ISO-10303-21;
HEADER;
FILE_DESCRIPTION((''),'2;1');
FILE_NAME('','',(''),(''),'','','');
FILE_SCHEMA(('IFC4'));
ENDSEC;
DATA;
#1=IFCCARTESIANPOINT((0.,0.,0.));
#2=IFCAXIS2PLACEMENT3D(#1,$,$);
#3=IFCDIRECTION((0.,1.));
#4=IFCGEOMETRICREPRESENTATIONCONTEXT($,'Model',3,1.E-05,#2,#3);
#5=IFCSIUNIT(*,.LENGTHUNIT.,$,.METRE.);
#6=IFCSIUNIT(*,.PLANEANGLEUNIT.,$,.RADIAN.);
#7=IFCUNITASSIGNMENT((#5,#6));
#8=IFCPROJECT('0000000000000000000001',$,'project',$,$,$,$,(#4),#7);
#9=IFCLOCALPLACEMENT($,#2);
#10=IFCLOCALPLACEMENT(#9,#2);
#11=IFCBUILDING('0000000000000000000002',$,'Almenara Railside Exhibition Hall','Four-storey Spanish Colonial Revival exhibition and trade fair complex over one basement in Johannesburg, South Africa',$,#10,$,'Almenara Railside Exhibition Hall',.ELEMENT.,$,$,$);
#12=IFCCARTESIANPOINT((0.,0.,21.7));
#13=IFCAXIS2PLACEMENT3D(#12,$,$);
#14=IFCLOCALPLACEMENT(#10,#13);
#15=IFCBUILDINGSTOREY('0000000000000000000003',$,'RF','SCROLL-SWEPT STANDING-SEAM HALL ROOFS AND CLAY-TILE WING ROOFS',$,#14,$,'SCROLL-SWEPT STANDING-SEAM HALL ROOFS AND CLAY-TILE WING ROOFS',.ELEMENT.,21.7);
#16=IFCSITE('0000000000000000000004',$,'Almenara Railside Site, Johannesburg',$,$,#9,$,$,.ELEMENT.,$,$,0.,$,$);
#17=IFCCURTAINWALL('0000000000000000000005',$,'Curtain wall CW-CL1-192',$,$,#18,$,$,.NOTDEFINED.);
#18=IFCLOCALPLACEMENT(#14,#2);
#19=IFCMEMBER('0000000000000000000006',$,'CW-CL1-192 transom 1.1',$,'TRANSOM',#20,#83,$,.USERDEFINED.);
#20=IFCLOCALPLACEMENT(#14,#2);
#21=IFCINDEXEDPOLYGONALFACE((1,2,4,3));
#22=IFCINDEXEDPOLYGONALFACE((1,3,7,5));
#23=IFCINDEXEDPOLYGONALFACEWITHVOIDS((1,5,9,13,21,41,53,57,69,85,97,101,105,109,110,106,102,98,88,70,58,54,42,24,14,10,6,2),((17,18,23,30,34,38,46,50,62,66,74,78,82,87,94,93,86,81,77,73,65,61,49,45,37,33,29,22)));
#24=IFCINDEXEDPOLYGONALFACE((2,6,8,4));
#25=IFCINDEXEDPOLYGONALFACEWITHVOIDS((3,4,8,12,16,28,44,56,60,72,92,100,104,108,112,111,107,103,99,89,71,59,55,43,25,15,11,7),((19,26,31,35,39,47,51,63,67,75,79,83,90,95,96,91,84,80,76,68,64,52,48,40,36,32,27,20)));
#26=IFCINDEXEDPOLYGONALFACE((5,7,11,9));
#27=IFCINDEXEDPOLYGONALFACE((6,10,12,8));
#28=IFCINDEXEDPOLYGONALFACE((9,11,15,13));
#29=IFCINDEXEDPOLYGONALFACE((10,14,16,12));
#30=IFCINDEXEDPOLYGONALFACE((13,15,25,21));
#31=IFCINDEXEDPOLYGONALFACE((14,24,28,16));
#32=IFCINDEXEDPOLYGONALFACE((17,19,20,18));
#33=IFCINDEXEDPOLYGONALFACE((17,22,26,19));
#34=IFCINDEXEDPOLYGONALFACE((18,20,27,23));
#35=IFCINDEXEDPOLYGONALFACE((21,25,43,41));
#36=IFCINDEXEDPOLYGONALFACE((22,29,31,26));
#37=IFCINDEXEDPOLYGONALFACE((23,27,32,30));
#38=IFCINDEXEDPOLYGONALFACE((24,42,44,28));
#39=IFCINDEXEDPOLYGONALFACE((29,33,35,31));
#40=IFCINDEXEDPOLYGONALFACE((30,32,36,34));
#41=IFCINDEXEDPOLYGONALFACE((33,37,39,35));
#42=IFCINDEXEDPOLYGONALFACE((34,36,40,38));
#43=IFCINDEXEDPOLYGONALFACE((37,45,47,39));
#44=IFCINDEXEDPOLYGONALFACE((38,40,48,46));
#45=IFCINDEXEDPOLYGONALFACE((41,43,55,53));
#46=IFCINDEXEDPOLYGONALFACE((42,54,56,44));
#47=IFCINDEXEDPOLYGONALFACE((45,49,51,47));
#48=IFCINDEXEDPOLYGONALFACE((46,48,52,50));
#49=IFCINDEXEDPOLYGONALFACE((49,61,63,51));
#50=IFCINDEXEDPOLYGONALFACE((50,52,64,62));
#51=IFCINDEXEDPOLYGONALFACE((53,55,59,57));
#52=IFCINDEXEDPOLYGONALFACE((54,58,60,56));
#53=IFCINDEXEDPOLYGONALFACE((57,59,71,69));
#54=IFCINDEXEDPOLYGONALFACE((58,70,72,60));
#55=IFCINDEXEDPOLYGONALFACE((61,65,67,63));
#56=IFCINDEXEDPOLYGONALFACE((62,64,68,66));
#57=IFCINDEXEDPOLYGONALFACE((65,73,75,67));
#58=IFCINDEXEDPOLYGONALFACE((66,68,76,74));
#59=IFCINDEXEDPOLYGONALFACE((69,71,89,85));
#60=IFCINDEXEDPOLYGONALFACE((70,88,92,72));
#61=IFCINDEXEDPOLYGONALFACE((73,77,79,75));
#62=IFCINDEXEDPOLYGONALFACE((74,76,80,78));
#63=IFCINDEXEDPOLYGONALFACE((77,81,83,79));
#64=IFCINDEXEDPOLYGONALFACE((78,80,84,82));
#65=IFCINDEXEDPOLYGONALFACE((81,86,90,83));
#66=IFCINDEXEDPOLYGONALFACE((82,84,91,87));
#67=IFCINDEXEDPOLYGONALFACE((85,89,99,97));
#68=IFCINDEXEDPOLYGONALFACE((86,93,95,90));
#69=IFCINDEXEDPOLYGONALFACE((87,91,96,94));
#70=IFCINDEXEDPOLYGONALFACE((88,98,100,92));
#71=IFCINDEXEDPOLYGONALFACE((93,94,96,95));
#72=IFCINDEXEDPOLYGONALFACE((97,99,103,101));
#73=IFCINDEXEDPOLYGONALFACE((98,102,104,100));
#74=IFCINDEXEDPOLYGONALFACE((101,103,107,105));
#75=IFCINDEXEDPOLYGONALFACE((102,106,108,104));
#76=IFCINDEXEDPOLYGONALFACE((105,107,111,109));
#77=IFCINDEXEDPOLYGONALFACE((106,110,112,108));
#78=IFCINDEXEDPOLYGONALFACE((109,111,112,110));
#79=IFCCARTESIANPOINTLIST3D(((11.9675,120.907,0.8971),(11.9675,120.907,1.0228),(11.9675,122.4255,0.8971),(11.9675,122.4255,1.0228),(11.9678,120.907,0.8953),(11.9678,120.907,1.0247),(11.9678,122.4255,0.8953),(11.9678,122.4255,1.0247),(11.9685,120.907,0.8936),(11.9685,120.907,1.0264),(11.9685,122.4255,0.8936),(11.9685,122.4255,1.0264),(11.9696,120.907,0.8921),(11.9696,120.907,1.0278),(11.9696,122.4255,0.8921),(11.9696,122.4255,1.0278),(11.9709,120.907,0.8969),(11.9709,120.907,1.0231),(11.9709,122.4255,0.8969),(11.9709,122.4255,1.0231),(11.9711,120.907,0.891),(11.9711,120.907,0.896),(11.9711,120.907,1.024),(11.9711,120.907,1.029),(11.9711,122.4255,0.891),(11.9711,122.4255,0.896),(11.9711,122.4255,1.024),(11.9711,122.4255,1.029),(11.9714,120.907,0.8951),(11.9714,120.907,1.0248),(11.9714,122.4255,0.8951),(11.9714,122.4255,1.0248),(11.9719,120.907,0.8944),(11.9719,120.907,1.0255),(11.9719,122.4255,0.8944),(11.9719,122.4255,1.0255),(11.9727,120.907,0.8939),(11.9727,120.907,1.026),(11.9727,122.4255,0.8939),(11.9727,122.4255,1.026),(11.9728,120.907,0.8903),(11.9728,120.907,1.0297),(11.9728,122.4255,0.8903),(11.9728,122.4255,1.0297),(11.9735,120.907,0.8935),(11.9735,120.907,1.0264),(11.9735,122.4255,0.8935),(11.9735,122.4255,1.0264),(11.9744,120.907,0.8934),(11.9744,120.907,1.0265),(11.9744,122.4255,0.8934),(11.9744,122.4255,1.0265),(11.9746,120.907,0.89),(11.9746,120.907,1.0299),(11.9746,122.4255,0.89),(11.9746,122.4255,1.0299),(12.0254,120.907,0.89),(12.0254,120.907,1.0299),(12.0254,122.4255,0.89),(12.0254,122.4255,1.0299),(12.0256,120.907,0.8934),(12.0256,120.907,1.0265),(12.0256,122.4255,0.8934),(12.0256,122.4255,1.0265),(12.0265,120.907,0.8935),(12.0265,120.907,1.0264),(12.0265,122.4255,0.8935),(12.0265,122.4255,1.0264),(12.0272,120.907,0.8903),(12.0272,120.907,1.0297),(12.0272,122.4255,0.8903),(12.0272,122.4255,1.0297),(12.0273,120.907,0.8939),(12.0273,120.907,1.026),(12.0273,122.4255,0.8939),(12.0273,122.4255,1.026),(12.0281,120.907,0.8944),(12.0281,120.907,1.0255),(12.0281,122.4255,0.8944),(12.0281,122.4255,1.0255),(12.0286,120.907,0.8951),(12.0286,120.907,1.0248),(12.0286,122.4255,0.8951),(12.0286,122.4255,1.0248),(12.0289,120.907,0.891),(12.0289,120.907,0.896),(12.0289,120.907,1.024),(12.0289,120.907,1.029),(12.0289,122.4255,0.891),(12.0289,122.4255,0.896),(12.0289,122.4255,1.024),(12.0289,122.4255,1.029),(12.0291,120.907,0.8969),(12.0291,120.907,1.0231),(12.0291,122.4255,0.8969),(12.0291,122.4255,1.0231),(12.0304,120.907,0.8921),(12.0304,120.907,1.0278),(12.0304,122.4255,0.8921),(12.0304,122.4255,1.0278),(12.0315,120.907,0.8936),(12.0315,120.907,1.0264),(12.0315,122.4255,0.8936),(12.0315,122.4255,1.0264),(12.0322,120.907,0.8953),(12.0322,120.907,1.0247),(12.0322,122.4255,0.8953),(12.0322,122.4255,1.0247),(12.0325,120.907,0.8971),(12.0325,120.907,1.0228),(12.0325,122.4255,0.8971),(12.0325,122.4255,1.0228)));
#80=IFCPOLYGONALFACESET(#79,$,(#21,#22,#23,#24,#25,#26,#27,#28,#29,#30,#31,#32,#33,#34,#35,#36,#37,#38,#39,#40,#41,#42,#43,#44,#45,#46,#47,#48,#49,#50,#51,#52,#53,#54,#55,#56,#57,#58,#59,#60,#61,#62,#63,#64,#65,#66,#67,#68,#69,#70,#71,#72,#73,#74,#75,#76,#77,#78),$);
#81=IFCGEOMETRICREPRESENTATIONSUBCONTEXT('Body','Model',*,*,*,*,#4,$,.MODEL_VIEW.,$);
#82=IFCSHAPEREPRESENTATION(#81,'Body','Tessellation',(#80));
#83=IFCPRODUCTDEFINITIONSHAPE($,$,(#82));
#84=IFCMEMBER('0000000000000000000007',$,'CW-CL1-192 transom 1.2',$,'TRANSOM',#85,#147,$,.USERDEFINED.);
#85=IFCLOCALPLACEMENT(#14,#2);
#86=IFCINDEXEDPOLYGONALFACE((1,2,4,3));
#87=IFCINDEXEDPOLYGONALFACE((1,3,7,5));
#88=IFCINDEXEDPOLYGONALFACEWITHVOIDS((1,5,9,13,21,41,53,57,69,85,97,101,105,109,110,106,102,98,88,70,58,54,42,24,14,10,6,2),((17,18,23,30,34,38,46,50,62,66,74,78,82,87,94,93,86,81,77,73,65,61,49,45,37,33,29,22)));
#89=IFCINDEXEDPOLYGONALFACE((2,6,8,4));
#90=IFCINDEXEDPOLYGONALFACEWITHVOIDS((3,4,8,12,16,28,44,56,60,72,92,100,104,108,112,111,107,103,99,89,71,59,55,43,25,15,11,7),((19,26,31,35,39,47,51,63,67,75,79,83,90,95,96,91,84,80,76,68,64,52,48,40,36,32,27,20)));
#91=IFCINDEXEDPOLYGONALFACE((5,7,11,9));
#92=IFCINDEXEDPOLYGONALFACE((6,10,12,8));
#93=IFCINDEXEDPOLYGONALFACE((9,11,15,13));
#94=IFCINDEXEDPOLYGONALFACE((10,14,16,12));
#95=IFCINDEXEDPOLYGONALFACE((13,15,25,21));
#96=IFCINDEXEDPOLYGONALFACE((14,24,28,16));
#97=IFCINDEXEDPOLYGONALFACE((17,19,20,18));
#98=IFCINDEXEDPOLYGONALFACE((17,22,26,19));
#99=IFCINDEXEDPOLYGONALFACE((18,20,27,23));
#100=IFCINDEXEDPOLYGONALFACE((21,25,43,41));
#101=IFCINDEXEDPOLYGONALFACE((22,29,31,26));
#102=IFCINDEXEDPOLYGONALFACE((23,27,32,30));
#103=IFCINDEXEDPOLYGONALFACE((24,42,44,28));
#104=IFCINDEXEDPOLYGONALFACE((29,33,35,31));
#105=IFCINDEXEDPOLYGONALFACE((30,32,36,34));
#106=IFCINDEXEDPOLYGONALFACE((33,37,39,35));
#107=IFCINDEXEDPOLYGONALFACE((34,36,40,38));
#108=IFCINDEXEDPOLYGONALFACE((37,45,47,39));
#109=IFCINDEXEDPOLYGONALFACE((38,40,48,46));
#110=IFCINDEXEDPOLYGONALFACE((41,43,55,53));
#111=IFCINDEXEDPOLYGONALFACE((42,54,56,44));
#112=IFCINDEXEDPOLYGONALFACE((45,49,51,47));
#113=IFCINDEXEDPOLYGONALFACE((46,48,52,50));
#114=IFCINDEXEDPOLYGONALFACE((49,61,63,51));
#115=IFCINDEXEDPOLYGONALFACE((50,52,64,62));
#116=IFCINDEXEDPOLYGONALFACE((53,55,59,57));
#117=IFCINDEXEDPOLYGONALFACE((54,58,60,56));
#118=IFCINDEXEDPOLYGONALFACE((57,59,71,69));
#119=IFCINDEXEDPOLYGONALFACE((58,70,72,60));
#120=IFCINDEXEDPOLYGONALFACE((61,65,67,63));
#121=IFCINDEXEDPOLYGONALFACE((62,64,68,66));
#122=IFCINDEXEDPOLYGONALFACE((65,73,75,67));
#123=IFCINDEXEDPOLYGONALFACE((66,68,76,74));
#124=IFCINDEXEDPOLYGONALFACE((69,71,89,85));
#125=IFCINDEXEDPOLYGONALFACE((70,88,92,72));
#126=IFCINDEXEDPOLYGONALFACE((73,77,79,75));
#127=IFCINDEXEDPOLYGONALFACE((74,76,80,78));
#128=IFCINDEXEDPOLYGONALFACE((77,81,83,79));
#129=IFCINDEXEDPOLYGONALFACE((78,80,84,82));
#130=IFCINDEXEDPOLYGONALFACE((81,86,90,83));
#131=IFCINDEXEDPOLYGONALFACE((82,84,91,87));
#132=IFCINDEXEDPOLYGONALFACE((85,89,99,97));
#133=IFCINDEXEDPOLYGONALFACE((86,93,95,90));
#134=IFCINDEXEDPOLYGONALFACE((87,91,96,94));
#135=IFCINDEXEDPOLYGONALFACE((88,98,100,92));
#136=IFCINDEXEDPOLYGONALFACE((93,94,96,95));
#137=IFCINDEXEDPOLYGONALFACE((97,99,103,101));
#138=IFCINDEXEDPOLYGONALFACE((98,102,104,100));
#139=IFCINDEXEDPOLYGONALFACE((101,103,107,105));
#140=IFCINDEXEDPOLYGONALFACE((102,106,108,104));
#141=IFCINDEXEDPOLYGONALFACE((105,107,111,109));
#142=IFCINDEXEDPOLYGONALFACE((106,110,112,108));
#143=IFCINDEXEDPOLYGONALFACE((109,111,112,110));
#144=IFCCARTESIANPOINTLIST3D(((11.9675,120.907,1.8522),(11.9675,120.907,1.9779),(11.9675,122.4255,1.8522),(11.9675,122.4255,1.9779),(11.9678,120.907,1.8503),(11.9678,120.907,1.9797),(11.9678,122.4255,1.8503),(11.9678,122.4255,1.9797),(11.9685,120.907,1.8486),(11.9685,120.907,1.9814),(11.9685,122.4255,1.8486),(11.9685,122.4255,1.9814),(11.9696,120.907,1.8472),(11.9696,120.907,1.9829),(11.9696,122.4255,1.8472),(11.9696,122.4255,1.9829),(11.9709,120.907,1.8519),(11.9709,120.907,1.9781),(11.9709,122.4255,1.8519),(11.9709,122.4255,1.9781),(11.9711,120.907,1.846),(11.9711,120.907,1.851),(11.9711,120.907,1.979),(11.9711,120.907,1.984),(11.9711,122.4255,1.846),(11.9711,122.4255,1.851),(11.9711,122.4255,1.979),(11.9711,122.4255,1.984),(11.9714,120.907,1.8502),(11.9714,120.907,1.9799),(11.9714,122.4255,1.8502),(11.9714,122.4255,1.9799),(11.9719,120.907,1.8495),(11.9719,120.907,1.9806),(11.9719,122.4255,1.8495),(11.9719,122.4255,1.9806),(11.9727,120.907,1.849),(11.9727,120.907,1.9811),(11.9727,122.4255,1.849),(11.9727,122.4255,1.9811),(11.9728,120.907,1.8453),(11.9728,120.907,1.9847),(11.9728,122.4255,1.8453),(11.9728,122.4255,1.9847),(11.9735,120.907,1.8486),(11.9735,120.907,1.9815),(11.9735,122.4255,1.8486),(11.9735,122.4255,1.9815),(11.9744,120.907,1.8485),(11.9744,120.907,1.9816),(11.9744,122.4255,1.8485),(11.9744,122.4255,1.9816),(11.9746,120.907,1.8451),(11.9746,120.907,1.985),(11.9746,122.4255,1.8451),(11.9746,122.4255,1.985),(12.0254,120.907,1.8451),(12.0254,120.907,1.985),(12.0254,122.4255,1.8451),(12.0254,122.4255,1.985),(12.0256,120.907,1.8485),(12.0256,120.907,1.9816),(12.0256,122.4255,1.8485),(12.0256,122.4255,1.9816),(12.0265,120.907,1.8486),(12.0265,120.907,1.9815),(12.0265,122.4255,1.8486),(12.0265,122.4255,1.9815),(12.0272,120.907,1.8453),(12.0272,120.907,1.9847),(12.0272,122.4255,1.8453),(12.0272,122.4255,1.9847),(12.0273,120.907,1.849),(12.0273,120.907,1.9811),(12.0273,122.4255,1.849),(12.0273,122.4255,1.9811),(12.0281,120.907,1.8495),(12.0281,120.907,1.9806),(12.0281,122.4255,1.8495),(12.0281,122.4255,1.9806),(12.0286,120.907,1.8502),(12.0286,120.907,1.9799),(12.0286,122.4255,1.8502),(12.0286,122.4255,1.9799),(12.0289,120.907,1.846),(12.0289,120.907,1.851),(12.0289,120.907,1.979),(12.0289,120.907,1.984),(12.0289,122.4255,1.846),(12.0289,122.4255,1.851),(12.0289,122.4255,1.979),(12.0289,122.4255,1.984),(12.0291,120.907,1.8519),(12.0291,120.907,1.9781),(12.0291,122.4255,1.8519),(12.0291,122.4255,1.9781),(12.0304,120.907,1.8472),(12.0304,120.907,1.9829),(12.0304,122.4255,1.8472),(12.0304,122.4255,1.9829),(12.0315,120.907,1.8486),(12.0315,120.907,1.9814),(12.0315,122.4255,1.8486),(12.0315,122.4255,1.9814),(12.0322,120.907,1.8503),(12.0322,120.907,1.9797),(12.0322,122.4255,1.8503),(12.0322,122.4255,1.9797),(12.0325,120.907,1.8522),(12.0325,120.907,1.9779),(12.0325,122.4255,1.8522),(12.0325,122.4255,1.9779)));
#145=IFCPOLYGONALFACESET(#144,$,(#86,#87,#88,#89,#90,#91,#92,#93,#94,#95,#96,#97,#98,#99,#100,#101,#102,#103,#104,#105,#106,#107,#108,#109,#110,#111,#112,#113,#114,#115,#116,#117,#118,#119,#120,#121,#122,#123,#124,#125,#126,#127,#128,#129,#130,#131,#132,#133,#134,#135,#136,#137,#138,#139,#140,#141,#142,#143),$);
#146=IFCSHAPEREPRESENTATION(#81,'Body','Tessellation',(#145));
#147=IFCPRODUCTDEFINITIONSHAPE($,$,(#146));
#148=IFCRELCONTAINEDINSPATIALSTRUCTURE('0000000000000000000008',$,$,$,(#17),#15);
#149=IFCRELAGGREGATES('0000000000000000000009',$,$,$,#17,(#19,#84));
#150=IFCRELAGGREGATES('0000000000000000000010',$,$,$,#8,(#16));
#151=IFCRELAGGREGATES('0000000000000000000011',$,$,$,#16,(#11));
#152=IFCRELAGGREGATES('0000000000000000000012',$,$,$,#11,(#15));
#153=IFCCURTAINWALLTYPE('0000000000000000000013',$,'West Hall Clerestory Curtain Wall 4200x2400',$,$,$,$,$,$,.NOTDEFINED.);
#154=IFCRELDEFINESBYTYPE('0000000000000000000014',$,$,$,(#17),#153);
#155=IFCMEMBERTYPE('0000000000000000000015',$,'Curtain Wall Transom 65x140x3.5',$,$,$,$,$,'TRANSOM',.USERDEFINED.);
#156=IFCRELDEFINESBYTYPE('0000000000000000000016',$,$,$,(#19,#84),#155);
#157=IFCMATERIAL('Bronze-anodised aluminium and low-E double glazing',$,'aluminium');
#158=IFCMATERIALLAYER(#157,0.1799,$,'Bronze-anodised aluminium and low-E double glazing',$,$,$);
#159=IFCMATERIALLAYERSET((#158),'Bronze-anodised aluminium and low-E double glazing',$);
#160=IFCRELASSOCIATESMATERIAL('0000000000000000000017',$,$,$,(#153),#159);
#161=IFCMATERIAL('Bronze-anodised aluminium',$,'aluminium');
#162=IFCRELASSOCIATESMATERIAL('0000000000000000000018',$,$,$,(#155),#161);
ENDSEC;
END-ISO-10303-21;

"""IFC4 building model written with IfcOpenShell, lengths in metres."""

from ifc_helpers import new_model, si_unit, direction, frame, origin, origin_2d, place, context, subcontext, project, spatial, hollow_rectangle, extrude, material, layer, layer_set, material_profile, profile_set, type_object, element, aggregate, save


model = new_model("IFC4")

# Units and contexts
model_context = context("Model", 3, precision=1e-05, world=origin(), true_north=direction((0.0, 1.0)))
body_context = subcontext(model_context, "Body", "Model", "MODEL_VIEW")
ifc_project = project(units=[si_unit("LENGTHUNIT", "METRE"), si_unit("PLANEANGLEUNIT", "RADIAN")], contexts=[model_context])

# Site, building, storey
site_placement = place(None, origin())
site = spatial("IfcSite", under=ifc_project, at=site_placement, Name="Almenara Railside Site, Johannesburg", CompositionType="ELEMENT", RefElevation=0.0)
building_placement = place(site_placement, origin())
building = spatial("IfcBuilding", under=site, at=building_placement, Name="Almenara Railside Exhibition Hall", Description="Four-storey Spanish Colonial Revival exhibition and trade fair complex over one basement in Johannesburg, South Africa", LongName="Almenara Railside Exhibition Hall", CompositionType="ELEMENT")
storey_placement = place(building_placement, frame((0.0, 0.0, 21.7)))
storey = spatial("IfcBuildingStorey", under=building, at=storey_placement, Name="RF", Description="SCROLL-SWEPT STANDING-SEAM HALL ROOFS AND CLAY-TILE WING ROOFS", LongName="SCROLL-SWEPT STANDING-SEAM HALL ROOFS AND CLAY-TILE WING ROOFS", CompositionType="ELEMENT", Elevation=21.7)

# Shared definitions
ifc_material_1 = material(Name="Bronze-anodised aluminium and low-E double glazing", Category="aluminium")
ifc_layer_1 = layer(ifc_material_1, 0.1799, Name="Bronze-anodised aluminium and low-E double glazing")
ifc_layer_set_1 = layer_set([ifc_layer_1], Name="Bronze-anodised aluminium and low-E double glazing")
curtain_wall_type = type_object("IfcCurtainWallType", Name="West Hall Clerestory Curtain Wall 4200x2400", PredefinedType="NOTDEFINED", material=ifc_layer_set_1)
ifc_material_2 = material(Name="Bronze-anodised aluminium", Category="aluminium")

# Curtain wall, members
curtain_wall_1_placement = place(storey_placement, origin())
curtain_wall_1 = element("IfcCurtainWall", 1, at=curtain_wall_1_placement, inside=storey, type_object=curtain_wall_type, Name="Curtain wall CW-CL1-192", PredefinedType="NOTDEFINED")
ifc_material_profile_1 = material_profile(ifc_material_2, hollow_rectangle(XDim=0.0649, YDim=0.1399, WallThickness=0.0034, InnerFilletRadius=0.0034, OuterFilletRadius=0.0071, at=origin_2d()), Name="ALU-TRN 65x140x3.5")
ifc_profile_set_1 = profile_set([ifc_material_profile_1], Name="Bronze-anodised aluminium")
member_type_1 = type_object("IfcMemberType", Name="Curtain Wall Transom 65x140x3.5", ElementType="TRANSOM", PredefinedType="USERDEFINED", material=ifc_profile_set_1)
member_1_placement = place(storey_placement, frame((12.0, 120.907, 0.96), z_axis=(0.0, 1.0, 0.0), x_axis=(-1.0, 0.0, 0.0)))
member_1 = element("IfcMember", 2, at=member_1_placement, type_object=member_type_1, Name="CW-CL1-192 transom 1.1", ObjectType="TRANSOM", PredefinedType="USERDEFINED", context=body_context, shape_type="SweptSolid", body=[
    extrude(hollow_rectangle(XDim=0.0649, YDim=0.1399, WallThickness=0.0034, InnerFilletRadius=0.0034, OuterFilletRadius=0.0071, at=origin_2d()), origin(), (0.0, 0.0, 1.0), 1.5186),
])
member_2_placement = place(storey_placement, frame((12.0, 120.907, 1.915), z_axis=(0.0, 1.0, 0.0), x_axis=(-1.0, 0.0, 0.0)))
member_2 = element("IfcMember", 3, at=member_2_placement, type_object=member_type_1, Name="CW-CL1-192 transom 1.2", ObjectType="TRANSOM", PredefinedType="USERDEFINED", context=body_context, shape_type="SweptSolid", body=[
    extrude(hollow_rectangle(XDim=0.0649, YDim=0.1399, WallThickness=0.0034, InnerFilletRadius=0.0034, OuterFilletRadius=0.0071, at=origin_2d()), origin(), (0.0, 0.0, 1.0), 1.5186),
])

aggregate(curtain_wall_1, [member_1, member_2])

save(model, "model.ifc")
